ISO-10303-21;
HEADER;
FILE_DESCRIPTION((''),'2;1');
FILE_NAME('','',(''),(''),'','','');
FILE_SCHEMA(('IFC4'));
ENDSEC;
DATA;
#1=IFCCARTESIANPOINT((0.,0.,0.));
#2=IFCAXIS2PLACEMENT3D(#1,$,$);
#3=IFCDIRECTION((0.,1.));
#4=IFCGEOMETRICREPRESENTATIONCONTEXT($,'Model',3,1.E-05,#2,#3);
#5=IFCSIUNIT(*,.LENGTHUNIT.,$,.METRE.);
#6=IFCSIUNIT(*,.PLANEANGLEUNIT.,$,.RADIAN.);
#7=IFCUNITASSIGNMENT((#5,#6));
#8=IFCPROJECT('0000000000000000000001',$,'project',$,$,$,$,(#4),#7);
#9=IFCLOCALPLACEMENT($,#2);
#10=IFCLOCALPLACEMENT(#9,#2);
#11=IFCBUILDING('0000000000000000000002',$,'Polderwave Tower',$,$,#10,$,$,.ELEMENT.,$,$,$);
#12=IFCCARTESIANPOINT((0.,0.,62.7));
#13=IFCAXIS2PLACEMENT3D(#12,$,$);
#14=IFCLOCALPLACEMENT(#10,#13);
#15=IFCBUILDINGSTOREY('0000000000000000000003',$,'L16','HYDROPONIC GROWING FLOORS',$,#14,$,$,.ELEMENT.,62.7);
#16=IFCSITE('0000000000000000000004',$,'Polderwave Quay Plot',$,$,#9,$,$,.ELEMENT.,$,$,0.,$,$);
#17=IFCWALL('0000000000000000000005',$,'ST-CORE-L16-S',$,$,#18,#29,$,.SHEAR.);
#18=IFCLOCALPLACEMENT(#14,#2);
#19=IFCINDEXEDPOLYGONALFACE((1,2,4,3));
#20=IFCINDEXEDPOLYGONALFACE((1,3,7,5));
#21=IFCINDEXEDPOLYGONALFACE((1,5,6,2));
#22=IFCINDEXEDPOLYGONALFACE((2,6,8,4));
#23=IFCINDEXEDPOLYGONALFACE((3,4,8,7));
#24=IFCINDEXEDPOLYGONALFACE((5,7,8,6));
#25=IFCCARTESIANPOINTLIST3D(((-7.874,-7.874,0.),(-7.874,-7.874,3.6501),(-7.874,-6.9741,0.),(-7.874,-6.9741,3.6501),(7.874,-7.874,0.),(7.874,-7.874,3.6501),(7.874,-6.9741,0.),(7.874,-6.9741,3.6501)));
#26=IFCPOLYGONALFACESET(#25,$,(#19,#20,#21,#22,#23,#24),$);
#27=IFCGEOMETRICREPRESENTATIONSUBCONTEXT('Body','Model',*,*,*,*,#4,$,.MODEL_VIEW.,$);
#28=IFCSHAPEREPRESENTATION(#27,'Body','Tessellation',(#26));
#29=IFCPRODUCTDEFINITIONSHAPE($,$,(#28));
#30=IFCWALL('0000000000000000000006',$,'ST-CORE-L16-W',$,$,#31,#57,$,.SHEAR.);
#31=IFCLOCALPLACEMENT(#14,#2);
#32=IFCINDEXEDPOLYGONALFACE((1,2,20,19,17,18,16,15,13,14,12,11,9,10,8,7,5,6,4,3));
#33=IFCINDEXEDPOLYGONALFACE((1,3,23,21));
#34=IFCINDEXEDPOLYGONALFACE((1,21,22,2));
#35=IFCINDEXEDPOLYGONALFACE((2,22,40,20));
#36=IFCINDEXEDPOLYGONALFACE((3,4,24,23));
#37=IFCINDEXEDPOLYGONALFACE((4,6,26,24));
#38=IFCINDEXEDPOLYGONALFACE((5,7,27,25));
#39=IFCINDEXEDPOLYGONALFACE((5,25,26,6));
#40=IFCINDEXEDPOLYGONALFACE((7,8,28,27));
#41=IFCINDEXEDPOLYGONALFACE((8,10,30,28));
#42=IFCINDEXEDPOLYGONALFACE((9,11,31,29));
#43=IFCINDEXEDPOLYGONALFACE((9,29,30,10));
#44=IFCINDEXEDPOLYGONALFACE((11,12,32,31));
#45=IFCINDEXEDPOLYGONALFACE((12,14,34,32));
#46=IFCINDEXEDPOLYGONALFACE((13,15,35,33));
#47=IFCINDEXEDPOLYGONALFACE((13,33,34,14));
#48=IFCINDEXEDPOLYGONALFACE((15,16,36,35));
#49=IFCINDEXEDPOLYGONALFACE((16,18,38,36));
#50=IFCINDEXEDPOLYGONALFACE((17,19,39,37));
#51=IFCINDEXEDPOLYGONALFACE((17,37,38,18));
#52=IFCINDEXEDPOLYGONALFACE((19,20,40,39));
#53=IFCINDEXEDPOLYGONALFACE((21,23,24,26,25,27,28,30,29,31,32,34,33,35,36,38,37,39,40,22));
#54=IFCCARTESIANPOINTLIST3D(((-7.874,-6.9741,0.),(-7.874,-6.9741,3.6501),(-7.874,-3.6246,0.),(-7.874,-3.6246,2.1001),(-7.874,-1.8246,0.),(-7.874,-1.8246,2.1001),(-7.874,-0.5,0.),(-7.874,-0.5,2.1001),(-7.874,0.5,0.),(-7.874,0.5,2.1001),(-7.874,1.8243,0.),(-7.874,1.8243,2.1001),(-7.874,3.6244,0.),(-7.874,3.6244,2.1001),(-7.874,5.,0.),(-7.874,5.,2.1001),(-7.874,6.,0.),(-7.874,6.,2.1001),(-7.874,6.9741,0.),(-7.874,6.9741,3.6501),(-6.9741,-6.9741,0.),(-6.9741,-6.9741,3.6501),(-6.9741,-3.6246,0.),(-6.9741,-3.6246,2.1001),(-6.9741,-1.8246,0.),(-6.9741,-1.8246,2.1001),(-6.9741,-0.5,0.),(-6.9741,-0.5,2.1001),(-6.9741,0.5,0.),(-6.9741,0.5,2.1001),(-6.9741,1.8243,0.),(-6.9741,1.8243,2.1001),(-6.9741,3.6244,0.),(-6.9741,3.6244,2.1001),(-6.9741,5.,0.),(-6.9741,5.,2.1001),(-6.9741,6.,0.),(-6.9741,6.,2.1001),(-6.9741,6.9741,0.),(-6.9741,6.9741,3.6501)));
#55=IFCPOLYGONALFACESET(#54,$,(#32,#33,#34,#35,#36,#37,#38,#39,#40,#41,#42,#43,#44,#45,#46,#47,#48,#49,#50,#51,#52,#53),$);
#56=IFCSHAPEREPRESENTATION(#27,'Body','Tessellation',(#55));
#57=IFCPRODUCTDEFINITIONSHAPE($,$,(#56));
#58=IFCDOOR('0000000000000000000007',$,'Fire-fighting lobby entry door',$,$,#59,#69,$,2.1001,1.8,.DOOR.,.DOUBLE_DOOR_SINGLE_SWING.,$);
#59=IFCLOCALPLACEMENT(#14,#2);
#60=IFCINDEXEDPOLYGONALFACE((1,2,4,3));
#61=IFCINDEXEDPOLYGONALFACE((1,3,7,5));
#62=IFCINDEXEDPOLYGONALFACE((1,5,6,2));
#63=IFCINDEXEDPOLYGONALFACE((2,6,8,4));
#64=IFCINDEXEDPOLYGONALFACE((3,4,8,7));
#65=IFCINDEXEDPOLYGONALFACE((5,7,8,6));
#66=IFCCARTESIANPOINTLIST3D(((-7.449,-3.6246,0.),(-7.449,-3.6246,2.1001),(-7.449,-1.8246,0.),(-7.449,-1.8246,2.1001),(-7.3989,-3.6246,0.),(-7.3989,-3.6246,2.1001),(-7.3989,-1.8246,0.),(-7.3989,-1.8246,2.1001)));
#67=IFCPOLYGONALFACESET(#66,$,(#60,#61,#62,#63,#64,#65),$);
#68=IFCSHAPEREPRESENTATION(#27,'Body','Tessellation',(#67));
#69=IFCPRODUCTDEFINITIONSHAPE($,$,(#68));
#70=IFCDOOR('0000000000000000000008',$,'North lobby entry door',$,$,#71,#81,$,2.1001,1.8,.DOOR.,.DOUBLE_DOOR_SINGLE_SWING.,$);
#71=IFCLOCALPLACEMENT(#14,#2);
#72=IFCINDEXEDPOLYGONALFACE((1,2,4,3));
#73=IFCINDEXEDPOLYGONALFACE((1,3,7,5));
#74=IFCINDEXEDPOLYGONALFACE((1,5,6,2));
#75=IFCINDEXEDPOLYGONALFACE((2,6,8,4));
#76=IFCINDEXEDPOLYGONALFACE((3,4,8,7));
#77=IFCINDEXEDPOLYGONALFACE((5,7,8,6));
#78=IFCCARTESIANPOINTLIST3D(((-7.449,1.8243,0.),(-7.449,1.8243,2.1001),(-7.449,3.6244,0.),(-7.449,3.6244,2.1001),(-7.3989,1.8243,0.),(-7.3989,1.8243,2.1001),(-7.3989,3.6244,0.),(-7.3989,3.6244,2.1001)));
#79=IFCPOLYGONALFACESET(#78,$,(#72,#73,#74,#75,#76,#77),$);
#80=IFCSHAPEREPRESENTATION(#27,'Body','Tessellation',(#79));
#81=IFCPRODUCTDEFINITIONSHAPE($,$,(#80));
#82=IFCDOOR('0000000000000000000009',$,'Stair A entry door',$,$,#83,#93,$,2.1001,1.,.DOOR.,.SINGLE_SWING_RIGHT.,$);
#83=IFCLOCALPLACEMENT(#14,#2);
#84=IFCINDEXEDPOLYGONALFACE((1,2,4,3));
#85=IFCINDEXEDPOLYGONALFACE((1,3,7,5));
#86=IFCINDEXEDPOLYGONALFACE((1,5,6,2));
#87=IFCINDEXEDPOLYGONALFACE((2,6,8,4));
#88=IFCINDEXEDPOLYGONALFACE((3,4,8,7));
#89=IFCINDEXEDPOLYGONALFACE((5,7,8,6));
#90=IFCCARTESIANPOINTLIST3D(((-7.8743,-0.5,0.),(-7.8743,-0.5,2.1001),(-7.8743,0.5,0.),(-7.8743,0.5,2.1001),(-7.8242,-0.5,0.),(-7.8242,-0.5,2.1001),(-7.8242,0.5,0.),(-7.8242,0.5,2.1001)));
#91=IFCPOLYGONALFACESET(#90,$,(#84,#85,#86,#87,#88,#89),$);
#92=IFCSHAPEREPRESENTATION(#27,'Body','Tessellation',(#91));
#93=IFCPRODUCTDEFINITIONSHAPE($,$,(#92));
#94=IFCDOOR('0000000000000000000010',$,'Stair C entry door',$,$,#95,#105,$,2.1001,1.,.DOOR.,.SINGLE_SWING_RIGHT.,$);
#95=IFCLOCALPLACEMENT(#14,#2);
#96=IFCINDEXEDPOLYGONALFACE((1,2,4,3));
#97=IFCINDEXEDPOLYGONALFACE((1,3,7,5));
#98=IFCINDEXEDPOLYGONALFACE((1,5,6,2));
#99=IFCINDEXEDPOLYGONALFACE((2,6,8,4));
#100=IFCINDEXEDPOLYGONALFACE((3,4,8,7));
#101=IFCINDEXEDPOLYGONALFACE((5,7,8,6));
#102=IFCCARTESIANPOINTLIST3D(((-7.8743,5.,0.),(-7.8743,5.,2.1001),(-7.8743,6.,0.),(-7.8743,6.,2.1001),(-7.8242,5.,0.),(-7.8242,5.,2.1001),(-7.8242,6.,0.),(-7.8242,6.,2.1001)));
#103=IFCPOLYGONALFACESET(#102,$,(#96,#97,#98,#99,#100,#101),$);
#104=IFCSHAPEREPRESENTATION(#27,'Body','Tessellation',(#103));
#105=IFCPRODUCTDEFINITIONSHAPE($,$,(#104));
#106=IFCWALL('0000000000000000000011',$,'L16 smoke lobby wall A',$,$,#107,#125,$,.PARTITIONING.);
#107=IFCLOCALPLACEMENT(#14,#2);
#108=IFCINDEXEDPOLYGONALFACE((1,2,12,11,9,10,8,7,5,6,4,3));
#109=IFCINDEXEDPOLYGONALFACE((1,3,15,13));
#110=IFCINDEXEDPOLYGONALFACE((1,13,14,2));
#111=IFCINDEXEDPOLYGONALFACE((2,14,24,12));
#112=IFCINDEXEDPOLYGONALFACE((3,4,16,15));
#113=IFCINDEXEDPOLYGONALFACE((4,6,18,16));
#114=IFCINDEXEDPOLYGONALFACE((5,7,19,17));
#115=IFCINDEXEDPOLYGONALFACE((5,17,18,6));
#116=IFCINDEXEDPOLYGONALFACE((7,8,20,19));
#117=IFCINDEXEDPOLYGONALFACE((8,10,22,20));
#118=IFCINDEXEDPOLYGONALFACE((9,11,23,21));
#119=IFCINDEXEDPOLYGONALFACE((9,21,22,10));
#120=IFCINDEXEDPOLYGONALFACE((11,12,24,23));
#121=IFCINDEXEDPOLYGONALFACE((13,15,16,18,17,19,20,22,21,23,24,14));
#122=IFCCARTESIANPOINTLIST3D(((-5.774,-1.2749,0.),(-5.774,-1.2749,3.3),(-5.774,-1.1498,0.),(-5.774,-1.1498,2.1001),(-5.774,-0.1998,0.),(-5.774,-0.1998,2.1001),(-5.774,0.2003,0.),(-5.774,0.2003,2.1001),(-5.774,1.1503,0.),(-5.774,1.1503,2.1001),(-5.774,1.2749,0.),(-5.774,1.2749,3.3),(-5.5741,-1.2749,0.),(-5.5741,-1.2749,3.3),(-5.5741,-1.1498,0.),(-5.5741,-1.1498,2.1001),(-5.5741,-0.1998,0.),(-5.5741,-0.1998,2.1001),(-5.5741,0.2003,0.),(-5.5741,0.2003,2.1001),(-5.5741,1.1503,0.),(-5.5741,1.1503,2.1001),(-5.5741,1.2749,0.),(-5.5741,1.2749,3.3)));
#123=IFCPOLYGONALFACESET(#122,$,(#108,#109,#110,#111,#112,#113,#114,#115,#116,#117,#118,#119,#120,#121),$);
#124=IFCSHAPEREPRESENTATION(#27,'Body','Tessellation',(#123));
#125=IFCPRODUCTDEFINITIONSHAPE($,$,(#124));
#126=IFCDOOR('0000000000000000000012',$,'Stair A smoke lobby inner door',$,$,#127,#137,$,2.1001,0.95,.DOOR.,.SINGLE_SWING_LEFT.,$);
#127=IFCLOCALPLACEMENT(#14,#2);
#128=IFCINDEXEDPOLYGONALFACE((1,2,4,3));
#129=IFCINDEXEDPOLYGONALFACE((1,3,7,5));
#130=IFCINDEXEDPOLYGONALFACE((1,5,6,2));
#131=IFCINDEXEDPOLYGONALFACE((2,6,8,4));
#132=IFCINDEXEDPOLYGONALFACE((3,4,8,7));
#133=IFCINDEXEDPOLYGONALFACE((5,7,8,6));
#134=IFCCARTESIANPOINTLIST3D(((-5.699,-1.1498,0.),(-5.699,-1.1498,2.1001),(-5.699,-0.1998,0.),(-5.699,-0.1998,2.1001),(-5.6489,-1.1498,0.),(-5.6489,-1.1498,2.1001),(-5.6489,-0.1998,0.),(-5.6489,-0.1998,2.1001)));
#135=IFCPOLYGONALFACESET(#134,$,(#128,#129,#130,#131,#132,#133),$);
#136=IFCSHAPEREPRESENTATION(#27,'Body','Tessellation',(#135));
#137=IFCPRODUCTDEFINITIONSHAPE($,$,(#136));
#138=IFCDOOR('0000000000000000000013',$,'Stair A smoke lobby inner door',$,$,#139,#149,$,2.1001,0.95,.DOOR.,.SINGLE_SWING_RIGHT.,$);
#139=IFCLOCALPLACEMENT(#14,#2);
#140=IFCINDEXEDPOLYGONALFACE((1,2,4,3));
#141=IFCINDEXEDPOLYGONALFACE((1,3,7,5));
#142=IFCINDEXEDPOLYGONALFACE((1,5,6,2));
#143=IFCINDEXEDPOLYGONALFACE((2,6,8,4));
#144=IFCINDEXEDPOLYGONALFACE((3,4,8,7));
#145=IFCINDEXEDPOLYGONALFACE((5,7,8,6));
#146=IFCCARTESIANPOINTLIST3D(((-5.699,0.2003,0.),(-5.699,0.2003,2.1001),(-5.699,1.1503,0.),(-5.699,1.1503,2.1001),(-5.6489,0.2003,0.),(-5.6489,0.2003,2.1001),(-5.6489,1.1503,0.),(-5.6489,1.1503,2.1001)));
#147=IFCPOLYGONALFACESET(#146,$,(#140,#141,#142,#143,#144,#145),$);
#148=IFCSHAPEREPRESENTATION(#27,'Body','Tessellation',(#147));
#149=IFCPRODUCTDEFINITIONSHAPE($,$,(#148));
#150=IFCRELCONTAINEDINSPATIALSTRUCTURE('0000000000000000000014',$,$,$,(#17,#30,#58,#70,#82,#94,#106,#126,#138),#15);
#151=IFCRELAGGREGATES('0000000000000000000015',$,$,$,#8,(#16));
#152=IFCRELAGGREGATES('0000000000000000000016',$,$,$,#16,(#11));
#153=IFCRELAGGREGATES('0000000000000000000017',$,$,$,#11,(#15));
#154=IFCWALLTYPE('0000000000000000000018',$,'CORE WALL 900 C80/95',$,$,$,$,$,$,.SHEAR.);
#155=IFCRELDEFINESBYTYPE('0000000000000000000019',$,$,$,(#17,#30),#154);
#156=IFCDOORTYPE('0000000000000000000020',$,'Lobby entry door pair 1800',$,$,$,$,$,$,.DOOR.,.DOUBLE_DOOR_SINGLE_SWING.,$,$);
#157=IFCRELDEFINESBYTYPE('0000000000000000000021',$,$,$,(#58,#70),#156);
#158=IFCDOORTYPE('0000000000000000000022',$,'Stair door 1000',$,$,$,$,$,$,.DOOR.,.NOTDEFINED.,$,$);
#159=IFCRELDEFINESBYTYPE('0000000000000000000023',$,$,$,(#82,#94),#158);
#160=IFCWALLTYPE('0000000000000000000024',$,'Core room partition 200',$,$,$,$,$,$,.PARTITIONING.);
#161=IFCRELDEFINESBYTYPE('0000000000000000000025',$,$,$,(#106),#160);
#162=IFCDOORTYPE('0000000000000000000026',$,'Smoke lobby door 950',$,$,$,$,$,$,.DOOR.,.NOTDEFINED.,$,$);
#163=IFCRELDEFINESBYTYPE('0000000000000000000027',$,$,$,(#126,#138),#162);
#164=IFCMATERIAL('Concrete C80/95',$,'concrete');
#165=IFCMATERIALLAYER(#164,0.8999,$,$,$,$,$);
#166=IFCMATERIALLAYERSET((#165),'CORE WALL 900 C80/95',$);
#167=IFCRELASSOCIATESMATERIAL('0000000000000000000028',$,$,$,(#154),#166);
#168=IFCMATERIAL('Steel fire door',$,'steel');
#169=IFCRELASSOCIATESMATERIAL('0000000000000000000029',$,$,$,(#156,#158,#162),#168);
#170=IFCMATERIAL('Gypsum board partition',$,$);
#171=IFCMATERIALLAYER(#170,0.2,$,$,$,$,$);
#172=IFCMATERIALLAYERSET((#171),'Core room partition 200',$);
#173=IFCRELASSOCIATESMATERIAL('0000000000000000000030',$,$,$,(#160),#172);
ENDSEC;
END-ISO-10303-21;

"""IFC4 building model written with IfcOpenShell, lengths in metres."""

from ifc_helpers import new_model, si_unit, direction, frame, frame_2d, origin, place, context, subcontext, project, spatial, rectangle, extrude, material, layer, layer_set, type_object, element, fill, save


model = new_model("IFC4")

# Units and contexts
model_context = context("Model", 3, precision=1e-05, world=origin(), true_north=direction((0.0, 1.0)))
body_context = subcontext(model_context, "Body", "Model", "MODEL_VIEW")
ifc_project = project(units=[si_unit("LENGTHUNIT", "METRE"), si_unit("PLANEANGLEUNIT", "RADIAN")], contexts=[model_context])

# Site, building, storey
site_placement = place(None, origin())
site = spatial("IfcSite", under=ifc_project, at=site_placement, Name="Polderwave Quay Plot", CompositionType="ELEMENT", RefElevation=0.0)
building_placement = place(site_placement, origin())
building = spatial("IfcBuilding", under=site, at=building_placement, Name="Polderwave Tower", CompositionType="ELEMENT")
storey_placement = place(building_placement, frame((0.0, 0.0, 62.7)))
storey = spatial("IfcBuildingStorey", under=building, at=storey_placement, Name="L16", Description="HYDROPONIC GROWING FLOORS", CompositionType="ELEMENT", Elevation=62.7)

# Wall
ifc_material_1 = material(Name="Concrete C80/95", Category="concrete")
ifc_layer_1 = layer(ifc_material_1, 0.8999)
ifc_layer_set_1 = layer_set([ifc_layer_1], Name="CORE WALL 900 C80/95")
wall_type_1 = type_object("IfcWallType", Name="CORE WALL 900 C80/95", PredefinedType="SHEAR", material=ifc_layer_set_1)
wall_1_placement = place(storey_placement, frame((-7.874, -7.4241, 0.0), z_axis=(0.0, 0.0, 1.0), x_axis=(1.0, 0.0, 0.0)))
element("IfcWall", 1, at=wall_1_placement, inside=storey, type_object=wall_type_1, Name="ST-CORE-L16-S", PredefinedType="SHEAR", context=body_context, shape_type="SweptSolid", body=[
    extrude(rectangle(XDim=15.748, YDim=0.8999, at=frame_2d((7.874, 0.0))), origin(), (0.0, 0.0, 1.0), 3.6501),
])

# Walls, openings, doors
wall_2_placement = place(storey_placement, frame((-7.4241, -6.9741, 0.0), z_axis=(0.0, 0.0, 1.0), x_axis=(0.0, 1.0, 0.0)))
wall_2 = element("IfcWall", 2, at=wall_2_placement, inside=storey, type_object=wall_type_1, Name="ST-CORE-L16-W", PredefinedType="SHEAR", context=body_context, shape_type="SweptSolid", body=[
    extrude(rectangle(XDim=13.9482, YDim=0.8999, at=frame_2d((6.9741, 0.0))), origin(), (0.0, 0.0, 1.0), 3.6501),
])
opening_1_placement = place(wall_2_placement, frame((6.4741, 0.0, 0.0)))
opening_1 = element("IfcOpeningElement", 3, at=opening_1_placement, cuts=wall_2, PredefinedType="OPENING", context=body_context, shape_type="SweptSolid", body=[
    extrude(rectangle(XDim=1.0, YDim=2.1001, at=frame_2d((0.5, 1.05))), frame((0.0, 0.46, 0.0), z_axis=(0.0, -1.0, 0.0), x_axis=(1.0, 0.0, 0.0)), (0.0, 0.0, 1.0), 0.9199),
])
opening_2_placement = place(wall_2_placement, frame((3.3496, 0.0, 0.0)))
opening_2 = element("IfcOpeningElement", 4, at=opening_2_placement, cuts=wall_2, PredefinedType="OPENING", context=body_context, shape_type="SweptSolid", body=[
    extrude(rectangle(XDim=1.8, YDim=2.1001, at=frame_2d((0.8999, 1.05))), frame((0.0, 0.46, 0.0), z_axis=(0.0, -1.0, 0.0), x_axis=(1.0, 0.0, 0.0)), (0.0, 0.0, 1.0), 0.9199),
])
opening_3_placement = place(wall_2_placement, frame((8.7986, 0.0, 0.0)))
opening_3 = element("IfcOpeningElement", 5, at=opening_3_placement, cuts=wall_2, PredefinedType="OPENING", context=body_context, shape_type="SweptSolid", body=[
    extrude(rectangle(XDim=1.8, YDim=2.1001, at=frame_2d((0.8999, 1.05))), frame((0.0, 0.46, 0.0), z_axis=(0.0, -1.0, 0.0), x_axis=(1.0, 0.0, 0.0)), (0.0, 0.0, 1.0), 0.9199),
])
opening_4_placement = place(wall_2_placement, frame((11.9741, 0.0, 0.0)))
opening_4 = element("IfcOpeningElement", 6, at=opening_4_placement, cuts=wall_2, PredefinedType="OPENING", context=body_context, shape_type="SweptSolid", body=[
    extrude(rectangle(XDim=1.0, YDim=2.1001, at=frame_2d((0.5, 1.05))), frame((0.0, 0.46, 0.0), z_axis=(0.0, -1.0, 0.0), x_axis=(1.0, 0.0, 0.0)), (0.0, 0.0, 1.0), 0.9199),
])
ifc_material_2 = material(Name="Steel fire door", Category="steel")
door_type_1 = type_object("IfcDoorType", Name="Lobby entry door pair 1800", OperationType="DOUBLE_DOOR_SINGLE_SWING", PredefinedType="DOOR", material=ifc_material_2)
door_1_placement = place(opening_2_placement, origin())
door_1 = element("IfcDoor", 7, at=door_1_placement, inside=storey, type_object=door_type_1, Name="Fire-fighting lobby entry door", OperationType="DOUBLE_DOOR_SINGLE_SWING", OverallHeight=2.1001, OverallWidth=1.8, PredefinedType="DOOR", context=body_context, shape_type="SweptSolid", body=[
    extrude(rectangle(XDim=1.8, YDim=2.1001, at=frame_2d((0.8999, 1.05))), frame((0.0, 0.0249, 0.0), z_axis=(0.0, -1.0, 0.0), x_axis=(1.0, 0.0, 0.0)), (0.0, 0.0, 1.0), 0.05),
])
fill(opening_2, door_1)
door_2_placement = place(opening_3_placement, origin())
door_2 = element("IfcDoor", 8, at=door_2_placement, inside=storey, type_object=door_type_1, Name="North lobby entry door", OperationType="DOUBLE_DOOR_SINGLE_SWING", OverallHeight=2.1001, OverallWidth=1.8, PredefinedType="DOOR", context=body_context, shape_type="SweptSolid", body=[
    extrude(rectangle(XDim=1.8, YDim=2.1001, at=frame_2d((0.8999, 1.05))), frame((0.0, 0.0249, 0.0), z_axis=(0.0, -1.0, 0.0), x_axis=(1.0, 0.0, 0.0)), (0.0, 0.0, 1.0), 0.05),
])
fill(opening_3, door_2)
door_type_2 = type_object("IfcDoorType", Name="Stair door 1000", OperationType="NOTDEFINED", PredefinedType="DOOR", material=ifc_material_2)
door_3_placement = place(opening_1_placement, origin())
door_3 = element("IfcDoor", 9, at=door_3_placement, inside=storey, type_object=door_type_2, Name="Stair A entry door", OperationType="SINGLE_SWING_RIGHT", OverallHeight=2.1001, OverallWidth=1.0, PredefinedType="DOOR", context=body_context, shape_type="SweptSolid", body=[
    extrude(rectangle(XDim=1.0, YDim=2.1001, at=frame_2d((0.5, 1.05))), frame((0.0, 0.4502, 0.0), z_axis=(0.0, -1.0, 0.0), x_axis=(1.0, 0.0, 0.0)), (0.0, 0.0, 1.0), 0.05),
])
fill(opening_1, door_3)
door_4_placement = place(opening_4_placement, origin())
door_4 = element("IfcDoor", 10, at=door_4_placement, inside=storey, type_object=door_type_2, Name="Stair C entry door", OperationType="SINGLE_SWING_RIGHT", OverallHeight=2.1001, OverallWidth=1.0, PredefinedType="DOOR", context=body_context, shape_type="SweptSolid", body=[
    extrude(rectangle(XDim=1.0, YDim=2.1001, at=frame_2d((0.5, 1.05))), frame((0.0, 0.4502, 0.0), z_axis=(0.0, -1.0, 0.0), x_axis=(1.0, 0.0, 0.0)), (0.0, 0.0, 1.0), 0.05),
])
fill(opening_4, door_4)
ifc_material_3 = material(Name="Gypsum board partition")
ifc_layer_2 = layer(ifc_material_3, 0.2)
ifc_layer_set_2 = layer_set([ifc_layer_2], Name="Core room partition 200")
wall_type_2 = type_object("IfcWallType", Name="Core room partition 200", PredefinedType="PARTITIONING", material=ifc_layer_set_2)
wall_3_placement = place(storey_placement, frame((-5.6741, -1.2749, 0.0), z_axis=(0.0, 0.0, 1.0), x_axis=(0.0, 1.0, 0.0)))
wall_3 = element("IfcWall", 11, at=wall_3_placement, inside=storey, type_object=wall_type_2, Name="L16 smoke lobby wall A", PredefinedType="PARTITIONING", context=body_context, shape_type="SweptSolid", body=[
    extrude(rectangle(XDim=2.5498, YDim=0.2, at=frame_2d((1.2749, 0.0))), origin(), (0.0, 0.0, 1.0), 3.3),
])
opening_5_placement = place(wall_3_placement, frame((0.125, 0.0, 0.0)))
opening_5 = element("IfcOpeningElement", 12, at=opening_5_placement, cuts=wall_3, PredefinedType="OPENING", context=body_context, shape_type="SweptSolid", body=[
    extrude(rectangle(XDim=0.95, YDim=2.1001, at=frame_2d((0.4751, 1.05))), frame((0.0, 0.1099, 0.0), z_axis=(0.0, -1.0, 0.0), x_axis=(1.0, 0.0, 0.0)), (0.0, 0.0, 1.0), 0.22),
])
opening_6_placement = place(wall_3_placement, frame((1.4751, 0.0, 0.0)))
opening_6 = element("IfcOpeningElement", 13, at=opening_6_placement, cuts=wall_3, PredefinedType="OPENING", context=body_context, shape_type="SweptSolid", body=[
    extrude(rectangle(XDim=0.95, YDim=2.1001, at=frame_2d((0.4751, 1.05))), frame((0.0, 0.1099, 0.0), z_axis=(0.0, -1.0, 0.0), x_axis=(1.0, 0.0, 0.0)), (0.0, 0.0, 1.0), 0.22),
])
door_type_3 = type_object("IfcDoorType", Name="Smoke lobby door 950", OperationType="NOTDEFINED", PredefinedType="DOOR", material=ifc_material_2)
door_5_placement = place(opening_5_placement, origin())
door_5 = element("IfcDoor", 14, at=door_5_placement, inside=storey, type_object=door_type_3, Name="Stair A smoke lobby inner door", OperationType="SINGLE_SWING_LEFT", OverallHeight=2.1001, OverallWidth=0.95, PredefinedType="DOOR", context=body_context, shape_type="SweptSolid", body=[
    extrude(rectangle(XDim=0.95, YDim=2.1001, at=frame_2d((0.4751, 1.05))), frame((0.0, 0.0249, 0.0), z_axis=(0.0, -1.0, 0.0), x_axis=(1.0, 0.0, 0.0)), (0.0, 0.0, 1.0), 0.05),
])
fill(opening_5, door_5)
door_6_placement = place(opening_6_placement, origin())
door_6 = element("IfcDoor", 15, at=door_6_placement, inside=storey, type_object=door_type_3, Name="Stair A smoke lobby inner door", OperationType="SINGLE_SWING_RIGHT", OverallHeight=2.1001, OverallWidth=0.95, PredefinedType="DOOR", context=body_context, shape_type="SweptSolid", body=[
    extrude(rectangle(XDim=0.95, YDim=2.1001, at=frame_2d((0.4751, 1.05))), frame((0.0, 0.0249, 0.0), z_axis=(0.0, -1.0, 0.0), x_axis=(1.0, 0.0, 0.0)), (0.0, 0.0, 1.0), 0.05),
])
fill(opening_6, door_6)

save(model, "model.ifc")
